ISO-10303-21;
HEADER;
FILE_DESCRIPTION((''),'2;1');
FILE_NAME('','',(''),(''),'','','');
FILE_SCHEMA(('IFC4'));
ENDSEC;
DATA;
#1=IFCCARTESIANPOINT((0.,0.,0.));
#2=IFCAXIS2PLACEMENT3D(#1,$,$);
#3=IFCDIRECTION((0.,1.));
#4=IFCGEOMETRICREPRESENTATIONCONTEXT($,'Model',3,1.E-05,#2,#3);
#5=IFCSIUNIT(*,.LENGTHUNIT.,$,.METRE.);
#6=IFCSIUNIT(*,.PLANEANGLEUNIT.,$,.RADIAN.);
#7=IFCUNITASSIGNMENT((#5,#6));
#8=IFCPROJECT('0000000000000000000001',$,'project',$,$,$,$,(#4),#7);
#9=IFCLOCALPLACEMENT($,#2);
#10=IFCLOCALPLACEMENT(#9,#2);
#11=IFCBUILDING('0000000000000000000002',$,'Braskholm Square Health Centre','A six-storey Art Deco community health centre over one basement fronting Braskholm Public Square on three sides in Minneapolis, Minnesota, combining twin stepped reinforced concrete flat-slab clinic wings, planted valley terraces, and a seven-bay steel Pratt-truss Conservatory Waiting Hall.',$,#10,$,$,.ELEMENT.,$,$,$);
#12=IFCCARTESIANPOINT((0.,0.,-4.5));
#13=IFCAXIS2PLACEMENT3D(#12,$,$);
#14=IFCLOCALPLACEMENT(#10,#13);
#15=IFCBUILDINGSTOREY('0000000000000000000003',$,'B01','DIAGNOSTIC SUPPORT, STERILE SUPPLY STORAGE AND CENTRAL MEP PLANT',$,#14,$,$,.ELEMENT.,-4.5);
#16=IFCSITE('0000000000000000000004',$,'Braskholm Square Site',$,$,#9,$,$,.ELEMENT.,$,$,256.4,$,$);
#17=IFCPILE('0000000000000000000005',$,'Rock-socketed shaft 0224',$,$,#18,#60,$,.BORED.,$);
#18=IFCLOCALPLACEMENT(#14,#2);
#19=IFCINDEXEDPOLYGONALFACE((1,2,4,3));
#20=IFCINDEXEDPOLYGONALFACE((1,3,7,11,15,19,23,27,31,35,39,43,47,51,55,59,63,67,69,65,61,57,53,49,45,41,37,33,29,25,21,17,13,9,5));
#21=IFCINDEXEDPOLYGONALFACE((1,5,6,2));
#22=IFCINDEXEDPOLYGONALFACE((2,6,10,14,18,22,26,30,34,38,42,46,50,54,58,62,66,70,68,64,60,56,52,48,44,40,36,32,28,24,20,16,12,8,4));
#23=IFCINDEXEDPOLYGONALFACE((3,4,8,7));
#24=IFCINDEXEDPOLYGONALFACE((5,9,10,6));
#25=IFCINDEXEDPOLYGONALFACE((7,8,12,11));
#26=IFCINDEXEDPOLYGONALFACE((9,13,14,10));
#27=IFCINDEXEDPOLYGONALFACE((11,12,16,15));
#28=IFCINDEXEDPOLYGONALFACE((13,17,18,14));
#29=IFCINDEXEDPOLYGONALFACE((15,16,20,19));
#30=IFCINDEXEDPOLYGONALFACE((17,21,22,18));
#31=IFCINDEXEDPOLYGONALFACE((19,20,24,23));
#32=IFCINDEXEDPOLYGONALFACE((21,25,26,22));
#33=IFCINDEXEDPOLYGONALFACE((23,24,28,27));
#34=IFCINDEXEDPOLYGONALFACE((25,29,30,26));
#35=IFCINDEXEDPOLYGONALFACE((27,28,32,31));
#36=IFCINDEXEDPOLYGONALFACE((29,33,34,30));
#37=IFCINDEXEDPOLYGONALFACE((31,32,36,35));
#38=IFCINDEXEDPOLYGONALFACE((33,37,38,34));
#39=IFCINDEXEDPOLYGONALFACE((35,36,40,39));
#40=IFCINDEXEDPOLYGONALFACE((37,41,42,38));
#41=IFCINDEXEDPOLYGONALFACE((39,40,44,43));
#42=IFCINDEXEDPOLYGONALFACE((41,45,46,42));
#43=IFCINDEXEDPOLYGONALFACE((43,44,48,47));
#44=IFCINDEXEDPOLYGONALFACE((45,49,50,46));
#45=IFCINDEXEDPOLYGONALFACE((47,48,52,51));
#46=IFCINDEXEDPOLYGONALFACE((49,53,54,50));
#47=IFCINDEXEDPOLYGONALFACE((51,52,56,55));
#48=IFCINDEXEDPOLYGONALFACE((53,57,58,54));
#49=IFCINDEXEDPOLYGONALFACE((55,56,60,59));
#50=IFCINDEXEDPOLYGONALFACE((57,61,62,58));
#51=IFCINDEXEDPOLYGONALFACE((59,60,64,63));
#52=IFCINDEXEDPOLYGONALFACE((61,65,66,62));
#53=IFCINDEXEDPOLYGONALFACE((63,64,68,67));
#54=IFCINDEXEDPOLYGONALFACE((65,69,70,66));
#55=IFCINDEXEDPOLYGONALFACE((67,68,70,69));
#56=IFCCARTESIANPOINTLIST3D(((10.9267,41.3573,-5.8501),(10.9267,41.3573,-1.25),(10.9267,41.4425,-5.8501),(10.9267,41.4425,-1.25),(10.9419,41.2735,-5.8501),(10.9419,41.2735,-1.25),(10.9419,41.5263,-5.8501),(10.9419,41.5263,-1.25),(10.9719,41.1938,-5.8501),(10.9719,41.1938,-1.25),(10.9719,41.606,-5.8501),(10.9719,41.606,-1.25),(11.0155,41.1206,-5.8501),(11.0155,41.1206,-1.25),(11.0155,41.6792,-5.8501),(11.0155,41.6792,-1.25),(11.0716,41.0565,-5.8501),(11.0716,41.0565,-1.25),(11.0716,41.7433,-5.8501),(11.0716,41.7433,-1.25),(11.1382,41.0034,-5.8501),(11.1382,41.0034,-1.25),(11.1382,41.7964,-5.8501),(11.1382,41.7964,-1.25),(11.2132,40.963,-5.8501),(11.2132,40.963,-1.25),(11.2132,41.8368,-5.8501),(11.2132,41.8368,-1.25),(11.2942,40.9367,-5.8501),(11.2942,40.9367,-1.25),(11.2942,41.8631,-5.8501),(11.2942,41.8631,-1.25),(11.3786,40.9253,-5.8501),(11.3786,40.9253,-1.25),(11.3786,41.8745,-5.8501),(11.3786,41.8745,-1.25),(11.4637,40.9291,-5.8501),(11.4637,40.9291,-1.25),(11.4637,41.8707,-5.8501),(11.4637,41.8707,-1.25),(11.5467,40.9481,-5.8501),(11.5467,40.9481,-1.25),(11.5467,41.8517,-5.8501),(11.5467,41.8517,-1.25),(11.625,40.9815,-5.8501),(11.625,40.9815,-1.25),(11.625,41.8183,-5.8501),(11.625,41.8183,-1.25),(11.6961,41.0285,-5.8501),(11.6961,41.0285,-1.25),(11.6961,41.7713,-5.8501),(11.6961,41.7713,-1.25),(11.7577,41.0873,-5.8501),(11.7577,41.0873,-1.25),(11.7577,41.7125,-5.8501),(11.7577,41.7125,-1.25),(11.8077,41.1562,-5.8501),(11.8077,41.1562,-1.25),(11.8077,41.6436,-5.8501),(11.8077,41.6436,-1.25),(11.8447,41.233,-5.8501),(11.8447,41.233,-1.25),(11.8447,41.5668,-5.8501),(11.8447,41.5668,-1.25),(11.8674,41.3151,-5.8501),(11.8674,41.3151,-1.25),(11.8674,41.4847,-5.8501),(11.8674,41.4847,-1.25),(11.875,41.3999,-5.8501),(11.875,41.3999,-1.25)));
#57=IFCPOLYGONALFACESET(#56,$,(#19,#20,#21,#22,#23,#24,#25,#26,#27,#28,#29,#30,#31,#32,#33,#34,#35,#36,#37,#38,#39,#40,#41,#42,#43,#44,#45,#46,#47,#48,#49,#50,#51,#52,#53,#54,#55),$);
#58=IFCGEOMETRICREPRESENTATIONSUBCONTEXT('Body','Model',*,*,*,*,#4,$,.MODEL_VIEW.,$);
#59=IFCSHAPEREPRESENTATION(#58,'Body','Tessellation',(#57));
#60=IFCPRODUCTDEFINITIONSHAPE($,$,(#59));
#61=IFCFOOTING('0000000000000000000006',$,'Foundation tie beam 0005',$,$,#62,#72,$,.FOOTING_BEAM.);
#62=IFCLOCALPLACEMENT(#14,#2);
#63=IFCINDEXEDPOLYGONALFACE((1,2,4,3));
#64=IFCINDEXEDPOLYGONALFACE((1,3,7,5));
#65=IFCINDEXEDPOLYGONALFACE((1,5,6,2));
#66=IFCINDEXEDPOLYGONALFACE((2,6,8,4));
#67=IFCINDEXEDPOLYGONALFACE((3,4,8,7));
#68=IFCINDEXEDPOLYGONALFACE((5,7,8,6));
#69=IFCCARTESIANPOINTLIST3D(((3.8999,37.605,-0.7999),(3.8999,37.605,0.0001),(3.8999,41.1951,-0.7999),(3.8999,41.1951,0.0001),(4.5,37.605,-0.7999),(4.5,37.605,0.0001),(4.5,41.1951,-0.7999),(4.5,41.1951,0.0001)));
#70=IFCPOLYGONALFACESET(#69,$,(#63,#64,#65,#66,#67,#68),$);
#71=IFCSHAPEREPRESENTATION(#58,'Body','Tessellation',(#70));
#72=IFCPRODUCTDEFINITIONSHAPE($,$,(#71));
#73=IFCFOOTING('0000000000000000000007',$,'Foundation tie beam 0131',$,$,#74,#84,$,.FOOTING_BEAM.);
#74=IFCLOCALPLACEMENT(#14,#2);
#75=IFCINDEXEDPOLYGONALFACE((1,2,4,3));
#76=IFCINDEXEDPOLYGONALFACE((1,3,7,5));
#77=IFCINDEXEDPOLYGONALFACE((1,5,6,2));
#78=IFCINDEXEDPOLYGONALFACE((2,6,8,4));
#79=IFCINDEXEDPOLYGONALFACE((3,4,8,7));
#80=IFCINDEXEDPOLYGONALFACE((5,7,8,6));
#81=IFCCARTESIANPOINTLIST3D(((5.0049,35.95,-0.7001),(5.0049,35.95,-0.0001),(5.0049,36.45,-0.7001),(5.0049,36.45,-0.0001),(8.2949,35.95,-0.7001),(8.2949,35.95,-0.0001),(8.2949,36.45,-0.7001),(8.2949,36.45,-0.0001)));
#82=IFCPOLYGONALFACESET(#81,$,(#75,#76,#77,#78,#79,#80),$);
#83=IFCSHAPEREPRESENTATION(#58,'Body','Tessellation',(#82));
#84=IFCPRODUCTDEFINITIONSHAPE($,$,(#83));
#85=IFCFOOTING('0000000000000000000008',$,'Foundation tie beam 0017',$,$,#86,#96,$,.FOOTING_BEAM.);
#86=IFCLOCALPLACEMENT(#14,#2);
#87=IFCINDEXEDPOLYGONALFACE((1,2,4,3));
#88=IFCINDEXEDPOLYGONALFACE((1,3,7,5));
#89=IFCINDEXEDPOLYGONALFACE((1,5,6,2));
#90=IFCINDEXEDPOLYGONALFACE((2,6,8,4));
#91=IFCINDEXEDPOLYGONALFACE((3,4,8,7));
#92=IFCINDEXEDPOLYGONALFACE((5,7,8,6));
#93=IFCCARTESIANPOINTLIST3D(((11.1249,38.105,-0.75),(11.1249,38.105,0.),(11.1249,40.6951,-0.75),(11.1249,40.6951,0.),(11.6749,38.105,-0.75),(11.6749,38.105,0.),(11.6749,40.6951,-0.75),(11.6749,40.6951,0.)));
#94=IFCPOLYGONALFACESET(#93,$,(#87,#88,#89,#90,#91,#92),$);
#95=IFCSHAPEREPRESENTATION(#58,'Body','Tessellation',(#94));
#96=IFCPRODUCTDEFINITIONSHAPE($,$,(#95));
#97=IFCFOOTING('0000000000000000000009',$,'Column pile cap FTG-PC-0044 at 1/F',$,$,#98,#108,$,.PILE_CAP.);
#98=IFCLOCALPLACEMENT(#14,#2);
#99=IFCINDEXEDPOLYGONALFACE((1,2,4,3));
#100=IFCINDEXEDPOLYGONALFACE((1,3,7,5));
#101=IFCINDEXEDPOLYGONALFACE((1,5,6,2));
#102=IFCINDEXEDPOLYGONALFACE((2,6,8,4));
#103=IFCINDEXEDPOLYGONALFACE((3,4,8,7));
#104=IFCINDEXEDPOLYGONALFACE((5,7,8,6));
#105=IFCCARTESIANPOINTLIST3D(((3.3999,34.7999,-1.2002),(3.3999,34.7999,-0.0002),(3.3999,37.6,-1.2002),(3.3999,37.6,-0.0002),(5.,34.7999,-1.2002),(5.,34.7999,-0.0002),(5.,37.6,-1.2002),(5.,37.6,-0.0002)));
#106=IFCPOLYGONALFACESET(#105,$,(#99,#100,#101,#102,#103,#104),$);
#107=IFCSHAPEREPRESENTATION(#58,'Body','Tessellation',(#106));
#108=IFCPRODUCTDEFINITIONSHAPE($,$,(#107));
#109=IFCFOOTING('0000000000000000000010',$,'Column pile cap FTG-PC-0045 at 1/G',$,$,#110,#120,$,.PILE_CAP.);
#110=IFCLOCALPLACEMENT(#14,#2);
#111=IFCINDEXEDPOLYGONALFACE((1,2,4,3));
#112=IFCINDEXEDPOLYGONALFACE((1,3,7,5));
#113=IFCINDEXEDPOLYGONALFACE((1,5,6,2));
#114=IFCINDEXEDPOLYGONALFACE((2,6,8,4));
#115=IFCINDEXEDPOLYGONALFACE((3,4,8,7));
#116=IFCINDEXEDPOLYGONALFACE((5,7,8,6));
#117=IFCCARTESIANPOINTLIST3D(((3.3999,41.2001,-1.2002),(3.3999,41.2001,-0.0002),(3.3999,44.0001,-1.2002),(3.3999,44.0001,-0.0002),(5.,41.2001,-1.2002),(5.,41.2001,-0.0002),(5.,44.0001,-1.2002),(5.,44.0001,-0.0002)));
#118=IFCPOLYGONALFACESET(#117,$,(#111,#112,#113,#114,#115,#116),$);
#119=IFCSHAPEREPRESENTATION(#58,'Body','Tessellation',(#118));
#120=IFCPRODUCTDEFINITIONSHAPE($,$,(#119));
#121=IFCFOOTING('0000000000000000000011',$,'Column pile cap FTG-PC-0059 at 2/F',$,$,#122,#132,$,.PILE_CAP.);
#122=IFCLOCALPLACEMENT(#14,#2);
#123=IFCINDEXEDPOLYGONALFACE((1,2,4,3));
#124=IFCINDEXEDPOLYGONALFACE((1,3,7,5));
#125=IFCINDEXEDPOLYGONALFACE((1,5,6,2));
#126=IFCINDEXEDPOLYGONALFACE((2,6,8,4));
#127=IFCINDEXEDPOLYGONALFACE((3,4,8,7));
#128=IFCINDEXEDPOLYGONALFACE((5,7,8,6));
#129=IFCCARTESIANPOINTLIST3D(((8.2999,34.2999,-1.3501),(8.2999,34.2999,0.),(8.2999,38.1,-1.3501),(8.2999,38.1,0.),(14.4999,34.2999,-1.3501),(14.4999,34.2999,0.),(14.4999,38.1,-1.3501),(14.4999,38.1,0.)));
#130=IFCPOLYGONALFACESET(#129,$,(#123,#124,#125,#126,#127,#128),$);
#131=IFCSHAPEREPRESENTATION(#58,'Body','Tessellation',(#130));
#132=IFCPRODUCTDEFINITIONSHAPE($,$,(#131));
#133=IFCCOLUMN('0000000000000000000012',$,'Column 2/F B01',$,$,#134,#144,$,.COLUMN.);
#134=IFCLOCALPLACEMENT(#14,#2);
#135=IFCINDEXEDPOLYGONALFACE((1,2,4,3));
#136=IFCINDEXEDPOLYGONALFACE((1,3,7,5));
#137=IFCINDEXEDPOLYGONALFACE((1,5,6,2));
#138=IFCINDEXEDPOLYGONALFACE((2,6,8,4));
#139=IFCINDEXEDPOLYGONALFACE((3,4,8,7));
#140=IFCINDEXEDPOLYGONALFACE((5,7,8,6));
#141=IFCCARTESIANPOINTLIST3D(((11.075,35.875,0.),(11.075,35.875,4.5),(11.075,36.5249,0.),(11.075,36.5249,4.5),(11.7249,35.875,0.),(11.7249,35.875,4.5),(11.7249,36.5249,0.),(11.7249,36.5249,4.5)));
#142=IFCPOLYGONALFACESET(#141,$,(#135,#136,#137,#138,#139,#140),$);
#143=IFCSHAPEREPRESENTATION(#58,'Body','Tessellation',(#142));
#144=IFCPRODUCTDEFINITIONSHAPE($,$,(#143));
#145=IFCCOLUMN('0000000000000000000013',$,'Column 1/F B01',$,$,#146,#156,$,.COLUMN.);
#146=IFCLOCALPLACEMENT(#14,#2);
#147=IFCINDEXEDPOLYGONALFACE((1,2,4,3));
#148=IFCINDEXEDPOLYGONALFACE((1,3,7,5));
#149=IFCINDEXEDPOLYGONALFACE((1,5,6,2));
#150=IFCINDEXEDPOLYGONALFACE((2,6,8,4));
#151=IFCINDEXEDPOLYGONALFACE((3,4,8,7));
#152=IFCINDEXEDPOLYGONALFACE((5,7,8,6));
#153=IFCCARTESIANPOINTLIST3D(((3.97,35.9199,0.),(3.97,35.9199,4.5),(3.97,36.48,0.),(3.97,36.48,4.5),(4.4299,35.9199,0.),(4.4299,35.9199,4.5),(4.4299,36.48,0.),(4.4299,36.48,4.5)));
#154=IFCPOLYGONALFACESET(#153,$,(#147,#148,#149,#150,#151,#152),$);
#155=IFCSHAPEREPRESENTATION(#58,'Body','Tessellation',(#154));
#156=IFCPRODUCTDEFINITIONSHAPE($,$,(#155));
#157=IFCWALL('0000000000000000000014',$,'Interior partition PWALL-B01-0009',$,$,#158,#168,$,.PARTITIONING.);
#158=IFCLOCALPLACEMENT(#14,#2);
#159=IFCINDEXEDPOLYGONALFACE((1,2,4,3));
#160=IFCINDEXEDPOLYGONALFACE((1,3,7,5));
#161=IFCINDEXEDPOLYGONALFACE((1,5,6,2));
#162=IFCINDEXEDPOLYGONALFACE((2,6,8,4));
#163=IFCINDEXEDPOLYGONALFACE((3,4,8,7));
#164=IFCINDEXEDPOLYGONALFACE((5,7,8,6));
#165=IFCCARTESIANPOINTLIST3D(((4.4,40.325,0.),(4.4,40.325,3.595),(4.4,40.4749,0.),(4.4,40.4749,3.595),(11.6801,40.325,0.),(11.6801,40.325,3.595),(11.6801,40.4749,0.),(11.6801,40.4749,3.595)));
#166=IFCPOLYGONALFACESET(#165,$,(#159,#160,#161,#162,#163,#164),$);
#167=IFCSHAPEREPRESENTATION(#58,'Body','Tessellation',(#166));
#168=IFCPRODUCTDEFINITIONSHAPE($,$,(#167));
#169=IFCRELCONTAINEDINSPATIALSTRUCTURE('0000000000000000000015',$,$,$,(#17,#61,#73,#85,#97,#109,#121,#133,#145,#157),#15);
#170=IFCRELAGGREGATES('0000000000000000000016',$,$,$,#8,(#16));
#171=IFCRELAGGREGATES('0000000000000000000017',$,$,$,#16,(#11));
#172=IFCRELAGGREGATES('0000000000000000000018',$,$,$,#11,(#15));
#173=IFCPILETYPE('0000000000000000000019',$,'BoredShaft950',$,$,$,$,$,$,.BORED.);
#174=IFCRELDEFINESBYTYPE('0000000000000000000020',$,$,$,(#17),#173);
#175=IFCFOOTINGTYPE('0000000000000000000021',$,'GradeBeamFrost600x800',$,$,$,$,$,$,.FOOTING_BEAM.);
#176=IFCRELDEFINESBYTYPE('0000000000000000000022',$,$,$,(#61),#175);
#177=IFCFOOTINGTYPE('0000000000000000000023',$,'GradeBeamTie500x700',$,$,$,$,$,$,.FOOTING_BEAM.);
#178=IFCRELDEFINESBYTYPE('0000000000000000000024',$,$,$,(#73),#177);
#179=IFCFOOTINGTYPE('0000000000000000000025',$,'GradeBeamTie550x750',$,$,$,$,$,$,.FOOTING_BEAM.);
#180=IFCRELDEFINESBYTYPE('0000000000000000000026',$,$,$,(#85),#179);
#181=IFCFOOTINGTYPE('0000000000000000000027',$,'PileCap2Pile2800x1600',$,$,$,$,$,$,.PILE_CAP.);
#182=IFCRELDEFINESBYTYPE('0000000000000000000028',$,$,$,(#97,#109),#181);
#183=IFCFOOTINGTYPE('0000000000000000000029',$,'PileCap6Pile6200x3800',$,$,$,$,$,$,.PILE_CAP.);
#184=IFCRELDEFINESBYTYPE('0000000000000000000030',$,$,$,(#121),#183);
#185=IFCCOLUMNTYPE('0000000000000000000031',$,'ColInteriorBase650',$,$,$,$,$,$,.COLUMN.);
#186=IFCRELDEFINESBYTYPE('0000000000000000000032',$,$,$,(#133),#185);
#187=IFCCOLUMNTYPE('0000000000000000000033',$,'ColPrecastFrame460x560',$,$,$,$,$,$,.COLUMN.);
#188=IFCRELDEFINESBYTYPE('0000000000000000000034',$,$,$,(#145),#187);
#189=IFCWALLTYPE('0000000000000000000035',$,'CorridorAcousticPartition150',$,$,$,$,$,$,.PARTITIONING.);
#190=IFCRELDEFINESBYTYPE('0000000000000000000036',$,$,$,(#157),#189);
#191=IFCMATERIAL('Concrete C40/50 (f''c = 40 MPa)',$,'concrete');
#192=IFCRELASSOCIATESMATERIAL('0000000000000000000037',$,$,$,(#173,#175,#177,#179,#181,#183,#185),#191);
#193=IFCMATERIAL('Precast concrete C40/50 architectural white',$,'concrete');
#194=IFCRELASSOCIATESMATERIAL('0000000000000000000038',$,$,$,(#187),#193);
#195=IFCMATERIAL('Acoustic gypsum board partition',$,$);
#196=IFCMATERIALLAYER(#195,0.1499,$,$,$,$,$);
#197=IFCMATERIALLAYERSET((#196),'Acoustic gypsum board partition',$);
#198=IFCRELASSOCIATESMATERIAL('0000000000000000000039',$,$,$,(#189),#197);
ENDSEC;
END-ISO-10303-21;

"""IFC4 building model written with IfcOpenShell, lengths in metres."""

from ifc_helpers import new_model, si_unit, direction, frame, frame_2d, origin, origin_2d, place, context, subcontext, project, spatial, rectangle, circle, extrude, material, layer, layer_set, material_profile, profile_set, type_object, element, save


model = new_model("IFC4")

# Units and contexts
model_context = context("Model", 3, precision=1e-05, world=origin(), true_north=direction((0.0, 1.0)))
body_context = subcontext(model_context, "Body", "Model", "MODEL_VIEW")
ifc_project = project(units=[si_unit("LENGTHUNIT", "METRE"), si_unit("PLANEANGLEUNIT", "RADIAN")], contexts=[model_context])

# Site, building, storey
site_placement = place(None, origin())
site = spatial("IfcSite", under=ifc_project, at=site_placement, Name="Braskholm Square Site", CompositionType="ELEMENT", RefElevation=256.4)
building_placement = place(site_placement, origin())
building = spatial("IfcBuilding", under=site, at=building_placement, Name="Braskholm Square Health Centre", Description="A six-storey Art Deco community health centre over one basement fronting Braskholm Public Square on three sides in Minneapolis, Minnesota, combining twin stepped reinforced concrete flat-slab clinic wings, planted valley terraces, and a seven-bay steel Pratt-truss Conservatory Waiting Hall.", CompositionType="ELEMENT")
storey_placement = place(building_placement, frame((0.0, 0.0, -4.5)))
storey = spatial("IfcBuildingStorey", under=building, at=storey_placement, Name="B01", Description="DIAGNOSTIC SUPPORT, STERILE SUPPLY STORAGE AND CENTRAL MEP PLANT", CompositionType="ELEMENT", Elevation=-4.5)

# Pile
ifc_material_1 = material(Name="Concrete C40/50 (f'c = 40 MPa)", Category="concrete")
ifc_material_profile_1 = material_profile(ifc_material_1, circle(Radius=0.4751, at=origin_2d()), Name="BORED-PILE-950")
ifc_profile_set_1 = profile_set([ifc_material_profile_1], Name="Concrete C40/50 (f'c = 40 MPa)")
pile_type_1 = type_object("IfcPileType", Name="BoredShaft950", PredefinedType="BORED", material=ifc_profile_set_1)
for number, where, z_axis, x_axis, name in (
    (1, (11.3999, 41.3999, -1.25), (0.0, 0.0, -1.0), (1.0, 0.0, 0.0), "Rock-socketed shaft 0224"),
):
    element("IfcPile", number, at=place(storey_placement, frame(where, z_axis=z_axis, x_axis=x_axis)), inside=storey, type_object=pile_type_1, Name=name, PredefinedType="BORED", context=body_context, shape_type="SweptSolid", body=[
        extrude(circle(Radius=0.4751, at=origin_2d()), origin(), (0.0, 0.0, 1.0), 4.6001),
    ])

# Footings
ifc_material_profile_2 = material_profile(ifc_material_1, rectangle(XDim=0.6001, YDim=0.8, at=origin_2d()), Name="FTG-600X800")
ifc_profile_set_2 = profile_set([ifc_material_profile_2], Name="Concrete C40/50 (f'c = 40 MPa)")
footing_type_1 = type_object("IfcFootingType", Name="GradeBeamFrost600x800", PredefinedType="FOOTING_BEAM", material=ifc_profile_set_2)
footing_1_placement = place(storey_placement, frame((4.2, 37.605, -0.3999), z_axis=(0.0, 1.0, 0.0), x_axis=(-1.0, 0.0, 0.0)))
element("IfcFooting", 2, at=footing_1_placement, inside=storey, type_object=footing_type_1, Name="Foundation tie beam 0005", PredefinedType="FOOTING_BEAM", context=body_context, shape_type="SweptSolid", body=[
    extrude(rectangle(XDim=0.6001, YDim=0.8, at=origin_2d()), origin(), (0.0, 0.0, 1.0), 3.5901),
])
ifc_material_profile_3 = material_profile(ifc_material_1, rectangle(XDim=0.5, YDim=0.7, at=origin_2d()), Name="FTG-500X700")
ifc_profile_set_3 = profile_set([ifc_material_profile_3], Name="Concrete C40/50 (f'c = 40 MPa)")
footing_type_2 = type_object("IfcFootingType", Name="GradeBeamTie500x700", PredefinedType="FOOTING_BEAM", material=ifc_profile_set_3)
footing_2_placement = place(storey_placement, frame((5.0049, 36.2, -0.3501), z_axis=(1.0, 0.0, 0.0), x_axis=(0.0, 1.0, 0.0)))
element("IfcFooting", 3, at=footing_2_placement, inside=storey, type_object=footing_type_2, Name="Foundation tie beam 0131", PredefinedType="FOOTING_BEAM", context=body_context, shape_type="SweptSolid", body=[
    extrude(rectangle(XDim=0.5, YDim=0.7, at=origin_2d()), origin(), (0.0, 0.0, 1.0), 3.29),
])
ifc_material_profile_4 = material_profile(ifc_material_1, rectangle(XDim=0.55, YDim=0.75, at=origin_2d()), Name="FTG-550X750")
ifc_profile_set_4 = profile_set([ifc_material_profile_4], Name="Concrete C40/50 (f'c = 40 MPa)")
footing_type_3 = type_object("IfcFootingType", Name="GradeBeamTie550x750", PredefinedType="FOOTING_BEAM", material=ifc_profile_set_4)
footing_3_placement = place(storey_placement, frame((11.3999, 38.105, -0.375), z_axis=(0.0, 1.0, 0.0), x_axis=(-1.0, 0.0, 0.0)))
element("IfcFooting", 4, at=footing_3_placement, inside=storey, type_object=footing_type_3, Name="Foundation tie beam 0017", PredefinedType="FOOTING_BEAM", context=body_context, shape_type="SweptSolid", body=[
    extrude(rectangle(XDim=0.55, YDim=0.75, at=origin_2d()), origin(), (0.0, 0.0, 1.0), 2.5901),
])
footing_type_4 = type_object("IfcFootingType", Name="PileCap2Pile2800x1600", PredefinedType="PILE_CAP", material=ifc_material_1)
for number, where, z_axis, x_axis, name in (
    (5, (4.2, 36.2, -1.2002), (0.0, 0.0, 1.0), (0.0, 1.0, 0.0), "Column pile cap FTG-PC-0044 at 1/F"),
    (6, (4.2, 42.6001, -1.2002), (0.0, 0.0, 1.0), (0.0, 1.0, 0.0), "Column pile cap FTG-PC-0045 at 1/G"),
):
    element("IfcFooting", number, at=place(storey_placement, frame(where, z_axis=z_axis, x_axis=x_axis)), inside=storey, type_object=footing_type_4, Name=name, PredefinedType="PILE_CAP", context=body_context, shape_type="SweptSolid", body=[
        extrude(rectangle(XDim=2.8, YDim=1.6001, at=origin_2d()), origin(), (0.0, 0.0, 1.0), 1.2),
    ])
footing_type_5 = type_object("IfcFootingType", Name="PileCap6Pile6200x3800", PredefinedType="PILE_CAP", material=ifc_material_1)
footing_4_placement = place(storey_placement, frame((11.3999, 36.2, -1.3501), z_axis=(0.0, 0.0, 1.0), x_axis=(1.0, 0.0, 0.0)))
element("IfcFooting", 7, at=footing_4_placement, inside=storey, type_object=footing_type_5, Name="Column pile cap FTG-PC-0059 at 2/F", PredefinedType="PILE_CAP", context=body_context, shape_type="SweptSolid", body=[
    extrude(rectangle(XDim=6.2, YDim=3.8, at=origin_2d()), origin(), (0.0, 0.0, 1.0), 1.3501),
])

# Columns
ifc_material_profile_5 = material_profile(ifc_material_1, rectangle(XDim=0.6499, YDim=0.6499, at=origin_2d()), Name="RC-650X650")
ifc_profile_set_5 = profile_set([ifc_material_profile_5], Name="Concrete C40/50 (f'c = 40 MPa)")
column_type_1 = type_object("IfcColumnType", Name="ColInteriorBase650", PredefinedType="COLUMN", material=ifc_profile_set_5)
column_1_placement = place(storey_placement, frame((11.3999, 36.2, 0.0), z_axis=(0.0, 0.0, 1.0), x_axis=(1.0, 0.0, 0.0)))
element("IfcColumn", 8, at=column_1_placement, inside=storey, type_object=column_type_1, Name="Column 2/F B01", PredefinedType="COLUMN", context=body_context, shape_type="SweptSolid", body=[
    extrude(rectangle(XDim=0.6499, YDim=0.6499, at=origin_2d()), origin(), (0.0, 0.0, 1.0), 4.5),
])
ifc_material_2 = material(Name="Precast concrete C40/50 architectural white", Category="concrete")
ifc_material_profile_6 = material_profile(ifc_material_2, rectangle(XDim=0.46, YDim=0.5601, at=origin_2d()), Name="RC-460X560")
ifc_profile_set_6 = profile_set([ifc_material_profile_6], Name="Precast concrete C40/50 architectural white")
column_type_2 = type_object("IfcColumnType", Name="ColPrecastFrame460x560", PredefinedType="COLUMN", material=ifc_profile_set_6)
column_2_placement = place(storey_placement, frame((4.2, 36.2, 0.0), z_axis=(0.0, 0.0, 1.0), x_axis=(1.0, 0.0, 0.0)))
element("IfcColumn", 9, at=column_2_placement, inside=storey, type_object=column_type_2, Name="Column 1/F B01", PredefinedType="COLUMN", context=body_context, shape_type="SweptSolid", body=[
    extrude(rectangle(XDim=0.46, YDim=0.5601, at=origin_2d()), origin(), (0.0, 0.0, 1.0), 4.5),
])

# Wall
ifc_material_3 = material(Name="Acoustic gypsum board partition")
ifc_layer = layer(ifc_material_3, 0.1499)
ifc_layer_set = layer_set([ifc_layer], Name="Acoustic gypsum board partition")
wall_type = type_object("IfcWallType", Name="CorridorAcousticPartition150", PredefinedType="PARTITIONING", material=ifc_layer_set)
wall_1_placement = place(storey_placement, frame((4.3999, 40.3999, 0.0), z_axis=(0.0, 0.0, 1.0), x_axis=(1.0, 0.0, 0.0)))
element("IfcWall", 10, at=wall_1_placement, inside=storey, type_object=wall_type, Name="Interior partition PWALL-B01-0009", PredefinedType="PARTITIONING", context=body_context, shape_type="SweptSolid", body=[
    extrude(rectangle(XDim=7.28, YDim=0.1499, at=frame_2d((3.6401, 0.0))), origin(), (0.0, 0.0, 1.0), 3.595),
])

save(model, "model.ifc")
